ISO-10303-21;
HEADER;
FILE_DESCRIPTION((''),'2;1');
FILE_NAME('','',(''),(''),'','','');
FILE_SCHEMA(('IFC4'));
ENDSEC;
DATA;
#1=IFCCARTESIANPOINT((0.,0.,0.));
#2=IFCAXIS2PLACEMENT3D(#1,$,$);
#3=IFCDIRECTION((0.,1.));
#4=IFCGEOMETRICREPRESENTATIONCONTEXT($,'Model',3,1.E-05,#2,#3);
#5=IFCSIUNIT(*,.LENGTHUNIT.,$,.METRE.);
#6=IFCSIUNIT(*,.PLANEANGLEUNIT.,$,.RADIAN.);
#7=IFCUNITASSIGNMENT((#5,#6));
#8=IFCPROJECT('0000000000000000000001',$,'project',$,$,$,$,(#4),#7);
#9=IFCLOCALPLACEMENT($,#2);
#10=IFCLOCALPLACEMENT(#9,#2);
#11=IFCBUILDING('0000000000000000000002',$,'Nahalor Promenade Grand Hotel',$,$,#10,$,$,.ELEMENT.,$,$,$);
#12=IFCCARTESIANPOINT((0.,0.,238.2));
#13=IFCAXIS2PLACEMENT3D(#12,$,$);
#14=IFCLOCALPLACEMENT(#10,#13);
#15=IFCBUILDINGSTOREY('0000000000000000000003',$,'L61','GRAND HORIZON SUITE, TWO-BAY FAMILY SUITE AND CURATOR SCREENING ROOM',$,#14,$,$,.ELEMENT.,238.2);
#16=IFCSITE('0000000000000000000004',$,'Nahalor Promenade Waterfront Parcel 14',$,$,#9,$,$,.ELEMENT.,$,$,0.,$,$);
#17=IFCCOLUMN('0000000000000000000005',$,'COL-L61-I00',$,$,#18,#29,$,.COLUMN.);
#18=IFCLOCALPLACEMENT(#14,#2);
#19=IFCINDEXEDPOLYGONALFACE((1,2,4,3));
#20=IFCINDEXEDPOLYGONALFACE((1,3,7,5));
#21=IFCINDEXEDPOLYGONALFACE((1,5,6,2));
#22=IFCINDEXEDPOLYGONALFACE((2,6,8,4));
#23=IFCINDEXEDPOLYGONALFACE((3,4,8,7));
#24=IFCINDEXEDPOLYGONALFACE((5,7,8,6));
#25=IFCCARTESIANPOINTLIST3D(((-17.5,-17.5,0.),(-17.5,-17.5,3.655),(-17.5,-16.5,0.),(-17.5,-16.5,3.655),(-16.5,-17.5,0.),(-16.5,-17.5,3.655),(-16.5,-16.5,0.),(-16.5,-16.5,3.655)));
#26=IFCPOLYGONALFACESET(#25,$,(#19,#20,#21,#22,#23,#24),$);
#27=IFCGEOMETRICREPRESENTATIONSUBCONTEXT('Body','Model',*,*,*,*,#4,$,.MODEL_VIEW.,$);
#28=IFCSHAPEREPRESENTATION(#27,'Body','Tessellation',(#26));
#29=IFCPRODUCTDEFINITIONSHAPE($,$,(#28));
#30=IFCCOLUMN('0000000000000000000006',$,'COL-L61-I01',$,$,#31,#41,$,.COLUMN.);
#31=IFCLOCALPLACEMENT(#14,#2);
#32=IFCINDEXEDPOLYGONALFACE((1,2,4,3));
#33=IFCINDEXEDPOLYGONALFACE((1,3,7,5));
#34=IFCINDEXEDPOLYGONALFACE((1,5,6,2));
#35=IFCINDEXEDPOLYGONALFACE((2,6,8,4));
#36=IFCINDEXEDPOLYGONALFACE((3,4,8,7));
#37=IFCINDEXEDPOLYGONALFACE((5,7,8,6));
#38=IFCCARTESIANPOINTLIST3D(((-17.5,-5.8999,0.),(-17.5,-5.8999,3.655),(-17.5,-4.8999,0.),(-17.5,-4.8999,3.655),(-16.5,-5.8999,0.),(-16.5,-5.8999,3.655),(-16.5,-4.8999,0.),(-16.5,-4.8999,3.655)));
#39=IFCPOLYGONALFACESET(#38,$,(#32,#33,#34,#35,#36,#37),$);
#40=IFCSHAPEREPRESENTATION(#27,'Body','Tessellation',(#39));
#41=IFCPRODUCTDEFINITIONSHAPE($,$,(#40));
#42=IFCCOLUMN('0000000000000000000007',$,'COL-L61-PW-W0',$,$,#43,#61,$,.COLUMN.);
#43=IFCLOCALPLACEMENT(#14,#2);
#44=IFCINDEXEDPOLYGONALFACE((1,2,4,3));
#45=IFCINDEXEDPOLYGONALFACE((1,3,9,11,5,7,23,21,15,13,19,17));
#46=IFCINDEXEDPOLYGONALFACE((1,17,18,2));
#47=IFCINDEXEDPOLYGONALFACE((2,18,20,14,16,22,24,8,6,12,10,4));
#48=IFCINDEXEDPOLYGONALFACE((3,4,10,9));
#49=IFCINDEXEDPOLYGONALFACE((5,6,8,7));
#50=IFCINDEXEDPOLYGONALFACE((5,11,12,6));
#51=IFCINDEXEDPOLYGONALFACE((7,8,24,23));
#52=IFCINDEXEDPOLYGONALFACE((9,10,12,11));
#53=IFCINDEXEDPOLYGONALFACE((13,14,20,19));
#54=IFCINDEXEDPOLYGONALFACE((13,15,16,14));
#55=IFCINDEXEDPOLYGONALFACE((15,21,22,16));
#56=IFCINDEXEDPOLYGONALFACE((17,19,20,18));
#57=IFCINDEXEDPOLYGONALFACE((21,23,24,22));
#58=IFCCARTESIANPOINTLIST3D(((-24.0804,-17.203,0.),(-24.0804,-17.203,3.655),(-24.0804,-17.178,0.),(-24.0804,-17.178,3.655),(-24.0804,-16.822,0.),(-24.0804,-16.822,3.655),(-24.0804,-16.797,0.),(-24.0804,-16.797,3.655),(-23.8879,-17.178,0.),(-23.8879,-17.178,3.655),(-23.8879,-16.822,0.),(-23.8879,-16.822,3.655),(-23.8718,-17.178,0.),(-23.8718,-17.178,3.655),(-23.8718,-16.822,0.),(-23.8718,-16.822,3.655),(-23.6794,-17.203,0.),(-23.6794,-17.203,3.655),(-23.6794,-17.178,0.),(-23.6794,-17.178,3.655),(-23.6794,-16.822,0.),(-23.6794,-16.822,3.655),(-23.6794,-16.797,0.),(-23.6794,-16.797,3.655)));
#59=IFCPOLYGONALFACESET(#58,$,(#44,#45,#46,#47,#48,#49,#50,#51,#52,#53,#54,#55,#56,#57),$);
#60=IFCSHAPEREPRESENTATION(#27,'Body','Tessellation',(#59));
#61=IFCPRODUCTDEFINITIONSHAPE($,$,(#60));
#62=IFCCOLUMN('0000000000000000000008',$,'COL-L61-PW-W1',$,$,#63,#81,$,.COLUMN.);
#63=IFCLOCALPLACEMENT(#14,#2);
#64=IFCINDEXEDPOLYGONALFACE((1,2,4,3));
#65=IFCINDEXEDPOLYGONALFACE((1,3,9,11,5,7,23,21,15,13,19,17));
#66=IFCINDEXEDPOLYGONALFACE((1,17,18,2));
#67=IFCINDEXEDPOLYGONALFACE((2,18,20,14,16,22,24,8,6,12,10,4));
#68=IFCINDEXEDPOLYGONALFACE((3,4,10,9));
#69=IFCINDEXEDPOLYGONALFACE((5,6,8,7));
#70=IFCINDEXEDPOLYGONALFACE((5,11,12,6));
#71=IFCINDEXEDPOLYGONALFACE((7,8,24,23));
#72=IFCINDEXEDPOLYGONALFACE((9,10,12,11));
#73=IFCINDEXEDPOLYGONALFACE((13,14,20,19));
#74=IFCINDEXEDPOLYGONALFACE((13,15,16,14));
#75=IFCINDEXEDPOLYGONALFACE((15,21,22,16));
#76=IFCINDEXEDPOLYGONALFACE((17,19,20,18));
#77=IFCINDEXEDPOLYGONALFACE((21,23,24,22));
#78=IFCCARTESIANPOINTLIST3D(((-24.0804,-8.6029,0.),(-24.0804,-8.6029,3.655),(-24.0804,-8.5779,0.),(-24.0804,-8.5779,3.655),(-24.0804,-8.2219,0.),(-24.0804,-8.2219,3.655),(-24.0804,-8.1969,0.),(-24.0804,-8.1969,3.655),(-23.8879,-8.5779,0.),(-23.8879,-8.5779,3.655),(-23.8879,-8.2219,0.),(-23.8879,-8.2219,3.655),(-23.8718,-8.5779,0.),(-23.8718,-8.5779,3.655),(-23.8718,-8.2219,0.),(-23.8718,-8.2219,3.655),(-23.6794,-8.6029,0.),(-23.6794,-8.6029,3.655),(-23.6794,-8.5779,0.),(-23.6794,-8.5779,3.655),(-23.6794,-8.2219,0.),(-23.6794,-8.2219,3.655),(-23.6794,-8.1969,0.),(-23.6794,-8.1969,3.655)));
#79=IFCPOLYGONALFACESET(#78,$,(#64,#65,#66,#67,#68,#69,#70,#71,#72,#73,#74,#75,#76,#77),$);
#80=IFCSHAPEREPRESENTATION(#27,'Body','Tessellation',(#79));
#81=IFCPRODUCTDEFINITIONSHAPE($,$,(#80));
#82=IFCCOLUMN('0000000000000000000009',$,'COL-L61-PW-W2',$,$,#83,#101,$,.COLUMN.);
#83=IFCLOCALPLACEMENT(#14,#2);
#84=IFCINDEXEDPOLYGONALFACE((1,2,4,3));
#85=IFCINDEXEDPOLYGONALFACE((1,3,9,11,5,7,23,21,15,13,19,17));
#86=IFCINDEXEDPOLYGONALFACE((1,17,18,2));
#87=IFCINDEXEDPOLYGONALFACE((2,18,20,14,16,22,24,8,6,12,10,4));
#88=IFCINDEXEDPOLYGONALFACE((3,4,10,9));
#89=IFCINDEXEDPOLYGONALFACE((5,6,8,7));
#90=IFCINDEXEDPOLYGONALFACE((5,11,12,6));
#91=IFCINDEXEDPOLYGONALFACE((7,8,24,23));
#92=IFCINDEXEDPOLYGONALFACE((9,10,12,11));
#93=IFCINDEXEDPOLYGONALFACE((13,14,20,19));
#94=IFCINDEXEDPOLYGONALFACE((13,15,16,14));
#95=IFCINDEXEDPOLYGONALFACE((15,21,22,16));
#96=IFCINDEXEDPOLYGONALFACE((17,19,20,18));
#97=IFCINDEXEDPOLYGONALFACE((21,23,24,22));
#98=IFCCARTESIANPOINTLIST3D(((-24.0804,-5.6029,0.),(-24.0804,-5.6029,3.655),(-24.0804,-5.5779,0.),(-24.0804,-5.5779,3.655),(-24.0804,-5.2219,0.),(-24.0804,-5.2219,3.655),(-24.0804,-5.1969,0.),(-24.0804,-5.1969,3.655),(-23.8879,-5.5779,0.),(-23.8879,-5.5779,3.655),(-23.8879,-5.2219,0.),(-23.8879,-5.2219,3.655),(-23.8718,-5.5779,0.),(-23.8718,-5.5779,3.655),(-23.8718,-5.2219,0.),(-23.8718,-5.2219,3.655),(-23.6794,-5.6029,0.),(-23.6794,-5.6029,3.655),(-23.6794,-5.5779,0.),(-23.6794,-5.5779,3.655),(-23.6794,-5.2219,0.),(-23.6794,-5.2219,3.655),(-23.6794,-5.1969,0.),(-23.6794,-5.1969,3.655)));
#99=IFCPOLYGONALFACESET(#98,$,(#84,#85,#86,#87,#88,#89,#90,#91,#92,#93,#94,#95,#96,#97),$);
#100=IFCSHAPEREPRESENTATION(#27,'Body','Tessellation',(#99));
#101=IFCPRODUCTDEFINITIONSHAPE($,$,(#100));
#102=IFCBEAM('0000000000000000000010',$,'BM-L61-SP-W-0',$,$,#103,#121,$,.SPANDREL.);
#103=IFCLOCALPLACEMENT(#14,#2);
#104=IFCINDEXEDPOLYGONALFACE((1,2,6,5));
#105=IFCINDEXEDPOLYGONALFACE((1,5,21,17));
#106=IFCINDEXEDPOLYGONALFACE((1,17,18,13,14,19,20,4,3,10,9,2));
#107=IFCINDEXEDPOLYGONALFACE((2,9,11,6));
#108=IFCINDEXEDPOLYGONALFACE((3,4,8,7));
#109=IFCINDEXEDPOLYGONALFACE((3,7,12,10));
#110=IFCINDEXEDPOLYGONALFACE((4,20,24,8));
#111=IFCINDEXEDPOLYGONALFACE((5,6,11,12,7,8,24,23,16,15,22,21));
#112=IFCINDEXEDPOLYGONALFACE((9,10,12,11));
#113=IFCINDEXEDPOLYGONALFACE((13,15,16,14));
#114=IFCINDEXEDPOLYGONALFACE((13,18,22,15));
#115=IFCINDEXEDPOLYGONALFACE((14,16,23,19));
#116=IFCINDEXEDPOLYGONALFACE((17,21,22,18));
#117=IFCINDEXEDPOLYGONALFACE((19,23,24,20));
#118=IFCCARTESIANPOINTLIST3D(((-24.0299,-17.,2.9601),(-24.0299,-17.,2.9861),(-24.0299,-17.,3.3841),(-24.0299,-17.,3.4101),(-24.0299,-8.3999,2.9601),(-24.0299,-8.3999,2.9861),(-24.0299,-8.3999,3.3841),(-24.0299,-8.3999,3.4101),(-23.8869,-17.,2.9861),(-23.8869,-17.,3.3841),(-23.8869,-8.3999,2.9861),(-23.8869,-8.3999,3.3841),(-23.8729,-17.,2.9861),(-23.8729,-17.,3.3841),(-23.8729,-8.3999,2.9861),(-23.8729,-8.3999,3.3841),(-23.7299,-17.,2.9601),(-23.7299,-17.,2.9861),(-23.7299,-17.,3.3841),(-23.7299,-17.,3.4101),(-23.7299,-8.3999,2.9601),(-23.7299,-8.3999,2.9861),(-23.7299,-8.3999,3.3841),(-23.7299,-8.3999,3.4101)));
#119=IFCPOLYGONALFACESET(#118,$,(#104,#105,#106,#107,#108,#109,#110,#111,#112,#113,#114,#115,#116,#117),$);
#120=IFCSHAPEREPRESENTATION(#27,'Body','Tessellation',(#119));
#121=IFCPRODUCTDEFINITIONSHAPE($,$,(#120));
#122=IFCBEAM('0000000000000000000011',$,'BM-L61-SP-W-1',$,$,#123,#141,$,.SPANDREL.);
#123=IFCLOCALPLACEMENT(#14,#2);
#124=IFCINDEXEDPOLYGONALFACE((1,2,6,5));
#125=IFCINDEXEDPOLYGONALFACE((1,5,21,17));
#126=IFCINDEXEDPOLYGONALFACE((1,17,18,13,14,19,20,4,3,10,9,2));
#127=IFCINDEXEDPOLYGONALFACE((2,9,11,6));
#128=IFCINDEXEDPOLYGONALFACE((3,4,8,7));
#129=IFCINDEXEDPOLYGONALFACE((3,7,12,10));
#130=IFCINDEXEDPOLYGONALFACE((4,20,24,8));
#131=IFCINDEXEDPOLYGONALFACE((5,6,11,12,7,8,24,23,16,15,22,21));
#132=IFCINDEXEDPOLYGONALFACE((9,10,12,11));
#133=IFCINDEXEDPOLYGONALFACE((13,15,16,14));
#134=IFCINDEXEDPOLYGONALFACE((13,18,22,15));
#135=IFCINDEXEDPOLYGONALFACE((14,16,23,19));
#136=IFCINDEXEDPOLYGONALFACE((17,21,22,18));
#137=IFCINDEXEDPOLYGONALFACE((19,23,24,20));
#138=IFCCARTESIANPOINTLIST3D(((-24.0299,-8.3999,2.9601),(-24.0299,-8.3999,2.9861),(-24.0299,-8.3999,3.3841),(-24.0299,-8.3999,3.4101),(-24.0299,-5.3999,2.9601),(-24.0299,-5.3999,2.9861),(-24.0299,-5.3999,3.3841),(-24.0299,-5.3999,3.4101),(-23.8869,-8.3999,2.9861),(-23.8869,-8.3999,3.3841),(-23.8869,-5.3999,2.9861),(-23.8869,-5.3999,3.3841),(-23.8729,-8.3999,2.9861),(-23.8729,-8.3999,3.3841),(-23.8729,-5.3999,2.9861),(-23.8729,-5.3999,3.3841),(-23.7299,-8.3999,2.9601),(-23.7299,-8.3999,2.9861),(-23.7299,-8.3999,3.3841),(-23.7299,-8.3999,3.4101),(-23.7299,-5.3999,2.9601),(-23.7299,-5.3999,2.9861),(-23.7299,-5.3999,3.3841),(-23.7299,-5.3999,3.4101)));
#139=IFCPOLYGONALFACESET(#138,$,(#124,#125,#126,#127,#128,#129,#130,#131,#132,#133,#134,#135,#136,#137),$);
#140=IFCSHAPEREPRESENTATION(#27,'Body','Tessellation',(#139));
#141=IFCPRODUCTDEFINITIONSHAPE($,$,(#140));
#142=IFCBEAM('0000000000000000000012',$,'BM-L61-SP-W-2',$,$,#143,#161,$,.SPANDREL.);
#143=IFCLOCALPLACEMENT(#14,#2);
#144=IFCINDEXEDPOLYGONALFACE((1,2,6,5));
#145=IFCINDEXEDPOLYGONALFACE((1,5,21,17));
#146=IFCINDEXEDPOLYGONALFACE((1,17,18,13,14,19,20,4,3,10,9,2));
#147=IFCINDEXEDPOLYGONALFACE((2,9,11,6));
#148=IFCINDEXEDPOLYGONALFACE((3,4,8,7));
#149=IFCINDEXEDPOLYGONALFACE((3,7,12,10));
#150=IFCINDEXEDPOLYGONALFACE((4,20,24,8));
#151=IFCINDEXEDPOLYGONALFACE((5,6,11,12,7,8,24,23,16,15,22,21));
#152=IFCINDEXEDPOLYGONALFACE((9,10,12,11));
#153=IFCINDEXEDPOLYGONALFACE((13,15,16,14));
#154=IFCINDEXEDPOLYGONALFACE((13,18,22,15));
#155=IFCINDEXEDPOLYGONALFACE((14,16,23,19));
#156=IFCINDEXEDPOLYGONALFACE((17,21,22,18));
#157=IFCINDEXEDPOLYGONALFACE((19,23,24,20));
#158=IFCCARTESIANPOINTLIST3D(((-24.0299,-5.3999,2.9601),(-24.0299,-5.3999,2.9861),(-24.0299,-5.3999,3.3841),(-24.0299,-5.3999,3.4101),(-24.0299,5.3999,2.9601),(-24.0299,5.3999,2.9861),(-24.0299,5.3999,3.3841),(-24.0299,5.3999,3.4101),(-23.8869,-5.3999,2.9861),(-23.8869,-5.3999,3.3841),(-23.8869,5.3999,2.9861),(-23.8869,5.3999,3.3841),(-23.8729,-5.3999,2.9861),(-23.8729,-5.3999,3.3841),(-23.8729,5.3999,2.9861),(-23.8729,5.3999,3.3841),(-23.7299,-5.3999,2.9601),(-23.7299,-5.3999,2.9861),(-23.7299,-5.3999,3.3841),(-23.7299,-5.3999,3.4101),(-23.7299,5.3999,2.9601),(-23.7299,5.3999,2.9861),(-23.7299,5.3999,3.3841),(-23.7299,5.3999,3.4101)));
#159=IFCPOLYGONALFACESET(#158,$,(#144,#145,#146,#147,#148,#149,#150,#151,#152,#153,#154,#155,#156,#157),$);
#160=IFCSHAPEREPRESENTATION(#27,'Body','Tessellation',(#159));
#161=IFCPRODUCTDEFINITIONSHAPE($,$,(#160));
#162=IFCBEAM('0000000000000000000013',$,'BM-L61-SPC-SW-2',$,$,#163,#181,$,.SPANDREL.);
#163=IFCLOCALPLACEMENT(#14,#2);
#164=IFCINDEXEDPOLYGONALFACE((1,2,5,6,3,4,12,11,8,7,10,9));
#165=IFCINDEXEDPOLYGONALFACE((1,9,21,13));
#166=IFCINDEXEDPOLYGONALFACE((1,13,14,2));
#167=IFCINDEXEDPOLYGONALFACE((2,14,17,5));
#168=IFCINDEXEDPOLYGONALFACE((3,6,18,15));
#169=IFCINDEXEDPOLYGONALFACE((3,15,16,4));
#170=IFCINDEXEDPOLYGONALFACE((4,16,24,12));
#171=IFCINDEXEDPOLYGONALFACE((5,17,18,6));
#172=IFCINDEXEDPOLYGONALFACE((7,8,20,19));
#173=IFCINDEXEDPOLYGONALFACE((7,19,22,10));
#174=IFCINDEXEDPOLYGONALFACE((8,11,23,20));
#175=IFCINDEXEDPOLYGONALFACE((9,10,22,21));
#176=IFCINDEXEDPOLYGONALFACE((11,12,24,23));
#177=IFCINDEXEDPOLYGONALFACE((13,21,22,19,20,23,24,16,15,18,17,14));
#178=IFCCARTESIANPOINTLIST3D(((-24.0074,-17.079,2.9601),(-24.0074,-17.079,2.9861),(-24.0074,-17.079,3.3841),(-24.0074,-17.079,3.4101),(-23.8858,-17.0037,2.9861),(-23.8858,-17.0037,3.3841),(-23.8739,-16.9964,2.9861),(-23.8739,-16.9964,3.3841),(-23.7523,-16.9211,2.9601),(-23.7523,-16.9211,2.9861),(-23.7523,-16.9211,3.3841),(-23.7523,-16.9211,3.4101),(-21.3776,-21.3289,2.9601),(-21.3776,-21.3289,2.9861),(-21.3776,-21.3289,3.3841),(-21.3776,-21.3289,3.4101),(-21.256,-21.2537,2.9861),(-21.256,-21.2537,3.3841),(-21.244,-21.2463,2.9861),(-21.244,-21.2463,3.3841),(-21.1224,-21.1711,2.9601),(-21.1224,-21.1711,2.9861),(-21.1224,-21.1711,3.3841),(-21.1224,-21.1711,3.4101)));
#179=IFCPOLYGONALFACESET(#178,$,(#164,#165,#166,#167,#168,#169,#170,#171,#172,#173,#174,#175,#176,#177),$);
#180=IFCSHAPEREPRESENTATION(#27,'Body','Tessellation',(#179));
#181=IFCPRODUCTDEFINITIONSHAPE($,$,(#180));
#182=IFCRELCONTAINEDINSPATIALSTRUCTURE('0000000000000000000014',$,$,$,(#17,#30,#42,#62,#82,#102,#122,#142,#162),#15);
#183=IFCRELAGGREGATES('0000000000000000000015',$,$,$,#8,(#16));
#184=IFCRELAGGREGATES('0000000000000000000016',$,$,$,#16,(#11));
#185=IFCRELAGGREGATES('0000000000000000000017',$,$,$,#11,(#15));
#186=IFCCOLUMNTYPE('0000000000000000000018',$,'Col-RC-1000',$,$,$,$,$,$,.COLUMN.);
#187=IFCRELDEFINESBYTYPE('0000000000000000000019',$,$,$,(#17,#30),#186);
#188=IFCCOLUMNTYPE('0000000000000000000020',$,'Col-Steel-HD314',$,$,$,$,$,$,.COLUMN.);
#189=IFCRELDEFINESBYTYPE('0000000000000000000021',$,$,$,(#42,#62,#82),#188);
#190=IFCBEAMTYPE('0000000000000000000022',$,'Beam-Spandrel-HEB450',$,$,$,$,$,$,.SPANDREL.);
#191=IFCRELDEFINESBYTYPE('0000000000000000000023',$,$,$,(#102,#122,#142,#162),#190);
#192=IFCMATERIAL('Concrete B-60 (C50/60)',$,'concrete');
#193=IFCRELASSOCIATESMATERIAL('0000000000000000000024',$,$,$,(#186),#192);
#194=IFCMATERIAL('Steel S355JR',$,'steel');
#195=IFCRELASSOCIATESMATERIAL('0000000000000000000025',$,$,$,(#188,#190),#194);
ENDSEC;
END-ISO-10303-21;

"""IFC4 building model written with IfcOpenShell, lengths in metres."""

from ifc_helpers import new_model, si_unit, direction, frame, origin, origin_2d, place, context, subcontext, project, spatial, rectangle, i_section, extrude, source, transform, mapped, material, material_profile, profile_set, type_object, element, save


model = new_model("IFC4")

# Units and contexts
model_context = context("Model", 3, precision=1e-05, world=origin(), true_north=direction((0.0, 1.0)))
body_context = subcontext(model_context, "Body", "Model", "MODEL_VIEW")
ifc_project = project(units=[si_unit("LENGTHUNIT", "METRE"), si_unit("PLANEANGLEUNIT", "RADIAN")], contexts=[model_context])

# Site, building, storey
site_placement = place(None, origin())
site = spatial("IfcSite", under=ifc_project, at=site_placement, Name="Nahalor Promenade Waterfront Parcel 14", CompositionType="ELEMENT", RefElevation=0.0)
building_placement = place(site_placement, origin())
building = spatial("IfcBuilding", under=site, at=building_placement, Name="Nahalor Promenade Grand Hotel", CompositionType="ELEMENT")
storey_placement = place(building_placement, frame((0.0, 0.0, 238.2)))
storey = spatial("IfcBuildingStorey", under=building, at=storey_placement, Name="L61", Description="GRAND HORIZON SUITE, TWO-BAY FAMILY SUITE AND CURATOR SCREENING ROOM", CompositionType="ELEMENT", Elevation=238.2)

# Columns
ifc_material_1 = material(Name="Concrete B-60 (C50/60)", Category="concrete")
ifc_material_profile_1 = material_profile(ifc_material_1, rectangle(XDim=1.0, YDim=1.0, at=origin_2d()), Name="RC 1000x1000")
ifc_profile_set_1 = profile_set([ifc_material_profile_1], Name="Concrete B-60 (C50/60)")
column_type_1 = type_object("IfcColumnType", Name="Col-RC-1000", PredefinedType="COLUMN", material=ifc_profile_set_1)
shared_shape_1 = source(origin(), body_context, "Body", "SweptSolid", [
    extrude(rectangle(XDim=1.0, YDim=1.0, at=origin_2d()), origin(), (0.0, 0.0, 1.0), 3.655),
])
for number, where, z_axis, x_axis, name in (
    (1, (-17.0, -17.0, 0.0), (0.0, 0.0, 1.0), (1.0, 0.0, 0.0), "COL-L61-I00"),
    (2, (-17.0, -5.3999, 0.0), (0.0, 0.0, 1.0), (1.0, 0.0, 0.0), "COL-L61-I01"),
):
    element("IfcColumn", number, at=place(storey_placement, frame(where, z_axis=z_axis, x_axis=x_axis)), inside=storey, type_object=column_type_1, Name=name, PredefinedType="COLUMN", context=body_context, shape_type="MappedRepresentation", body=[
        mapped(shared_shape_1, transform((0.0, 0.0, 0.0), scale=1.0)),
    ])
ifc_material_2 = material(Name="Steel S355JR", Category="steel")
ifc_material_profile_2 = material_profile(ifc_material_2, i_section(OverallWidth=0.401, OverallDepth=0.406, WebThickness=0.0161, FlangeThickness=0.025, at=origin_2d()), Name="HD 400x314")
ifc_profile_set_2 = profile_set([ifc_material_profile_2], Name="Steel S355JR")
column_type_2 = type_object("IfcColumnType", Name="Col-Steel-HD314", PredefinedType="COLUMN", material=ifc_profile_set_2)
shared_shape_2 = source(origin(), body_context, "Body", "SweptSolid", [
    extrude(i_section(OverallWidth=0.401, OverallDepth=0.406, WebThickness=0.0161, FlangeThickness=0.025, at=origin_2d()), origin(), (0.0, 0.0, 1.0), 3.655),
])
for number, where, z_axis, x_axis, name in (
    (3, (-23.8799, -17.0, 0.0), (0.0, 0.0, 1.0), (1.0, 0.0, 0.0), "COL-L61-PW-W0"),
    (4, (-23.8799, -8.3999, 0.0), (0.0, 0.0, 1.0), (1.0, 0.0, 0.0), "COL-L61-PW-W1"),
    (5, (-23.8799, -5.3999, 0.0), (0.0, 0.0, 1.0), (1.0, 0.0, 0.0), "COL-L61-PW-W2"),
):
    element("IfcColumn", number, at=place(storey_placement, frame(where, z_axis=z_axis, x_axis=x_axis)), inside=storey, type_object=column_type_2, Name=name, PredefinedType="COLUMN", context=body_context, shape_type="MappedRepresentation", body=[
        mapped(shared_shape_2, transform((0.0, 0.0, 0.0), scale=1.0)),
    ])

# Beams
ifc_material_profile_3 = material_profile(ifc_material_2, i_section(OverallWidth=0.3, OverallDepth=0.45, WebThickness=0.014, FlangeThickness=0.026, at=origin_2d()), Name="HEB 450")
ifc_profile_set_3 = profile_set([ifc_material_profile_3], Name="Steel S355JR")
beam_type_1 = type_object("IfcBeamType", Name="Beam-Spandrel-HEB450", PredefinedType="SPANDREL", material=ifc_profile_set_3)
shared_shape_3 = source(origin(), body_context, "Body", "SweptSolid", [
    extrude(i_section(OverallWidth=0.3, OverallDepth=0.45, WebThickness=0.014, FlangeThickness=0.026, at=origin_2d()), origin(), (0.0, 0.0, 1.0), 8.6001),
])
beam_1_placement = place(storey_placement, frame((-23.8799, -17.0, 3.1851), z_axis=(0.0, 1.0, 0.0), x_axis=(-1.0, 0.0, 0.0)))
element("IfcBeam", 6, at=beam_1_placement, inside=storey, type_object=beam_type_1, Name="BM-L61-SP-W-0", PredefinedType="SPANDREL", context=body_context, shape_type="MappedRepresentation", body=[
    mapped(shared_shape_3, transform((0.0, 0.0, 0.0), scale=1.0)),
])
shared_shape_4 = source(origin(), body_context, "Body", "SweptSolid", [
    extrude(i_section(OverallWidth=0.3, OverallDepth=0.45, WebThickness=0.014, FlangeThickness=0.026, at=origin_2d()), origin(), (0.0, 0.0, 1.0), 3.0),
])
beam_2_placement = place(storey_placement, frame((-23.8799, -8.3999, 3.1851), z_axis=(0.0, 1.0, 0.0), x_axis=(-1.0, 0.0, 0.0)))
element("IfcBeam", 7, at=beam_2_placement, inside=storey, type_object=beam_type_1, Name="BM-L61-SP-W-1", PredefinedType="SPANDREL", context=body_context, shape_type="MappedRepresentation", body=[
    mapped(shared_shape_4, transform((0.0, 0.0, 0.0), scale=1.0)),
])
shared_shape_5 = source(origin(), body_context, "Body", "SweptSolid", [
    extrude(i_section(OverallWidth=0.3, OverallDepth=0.45, WebThickness=0.014, FlangeThickness=0.026, at=origin_2d()), origin(), (0.0, 0.0, 1.0), 10.7998),
])
beam_3_placement = place(storey_placement, frame((-23.8799, -5.3999, 3.1851), z_axis=(0.0, 1.0, 0.0), x_axis=(-1.0, 0.0, 0.0)))
element("IfcBeam", 8, at=beam_3_placement, inside=storey, type_object=beam_type_1, Name="BM-L61-SP-W-2", PredefinedType="SPANDREL", context=body_context, shape_type="MappedRepresentation", body=[
    mapped(shared_shape_5, transform((0.0, 0.0, 0.0), scale=1.0)),
])
shared_shape_6 = source(origin(), body_context, "Body", "SweptSolid", [
    extrude(i_section(OverallWidth=0.3, OverallDepth=0.45, WebThickness=0.014, FlangeThickness=0.026, at=origin_2d()), origin(), (0.0, 0.0, 1.0), 4.9978),
])
beam_4_placement = place(storey_placement, frame((-21.25, -21.25, 3.1851), z_axis=(-0.5262, 0.850361, 0.0), x_axis=(-0.850361, -0.5262, 0.0)))
element("IfcBeam", 9, at=beam_4_placement, inside=storey, type_object=beam_type_1, Name="BM-L61-SPC-SW-2", PredefinedType="SPANDREL", context=body_context, shape_type="MappedRepresentation", body=[
    mapped(shared_shape_6, transform((0.0, 0.0, 0.0), scale=1.0)),
])

save(model, "model.ifc")
